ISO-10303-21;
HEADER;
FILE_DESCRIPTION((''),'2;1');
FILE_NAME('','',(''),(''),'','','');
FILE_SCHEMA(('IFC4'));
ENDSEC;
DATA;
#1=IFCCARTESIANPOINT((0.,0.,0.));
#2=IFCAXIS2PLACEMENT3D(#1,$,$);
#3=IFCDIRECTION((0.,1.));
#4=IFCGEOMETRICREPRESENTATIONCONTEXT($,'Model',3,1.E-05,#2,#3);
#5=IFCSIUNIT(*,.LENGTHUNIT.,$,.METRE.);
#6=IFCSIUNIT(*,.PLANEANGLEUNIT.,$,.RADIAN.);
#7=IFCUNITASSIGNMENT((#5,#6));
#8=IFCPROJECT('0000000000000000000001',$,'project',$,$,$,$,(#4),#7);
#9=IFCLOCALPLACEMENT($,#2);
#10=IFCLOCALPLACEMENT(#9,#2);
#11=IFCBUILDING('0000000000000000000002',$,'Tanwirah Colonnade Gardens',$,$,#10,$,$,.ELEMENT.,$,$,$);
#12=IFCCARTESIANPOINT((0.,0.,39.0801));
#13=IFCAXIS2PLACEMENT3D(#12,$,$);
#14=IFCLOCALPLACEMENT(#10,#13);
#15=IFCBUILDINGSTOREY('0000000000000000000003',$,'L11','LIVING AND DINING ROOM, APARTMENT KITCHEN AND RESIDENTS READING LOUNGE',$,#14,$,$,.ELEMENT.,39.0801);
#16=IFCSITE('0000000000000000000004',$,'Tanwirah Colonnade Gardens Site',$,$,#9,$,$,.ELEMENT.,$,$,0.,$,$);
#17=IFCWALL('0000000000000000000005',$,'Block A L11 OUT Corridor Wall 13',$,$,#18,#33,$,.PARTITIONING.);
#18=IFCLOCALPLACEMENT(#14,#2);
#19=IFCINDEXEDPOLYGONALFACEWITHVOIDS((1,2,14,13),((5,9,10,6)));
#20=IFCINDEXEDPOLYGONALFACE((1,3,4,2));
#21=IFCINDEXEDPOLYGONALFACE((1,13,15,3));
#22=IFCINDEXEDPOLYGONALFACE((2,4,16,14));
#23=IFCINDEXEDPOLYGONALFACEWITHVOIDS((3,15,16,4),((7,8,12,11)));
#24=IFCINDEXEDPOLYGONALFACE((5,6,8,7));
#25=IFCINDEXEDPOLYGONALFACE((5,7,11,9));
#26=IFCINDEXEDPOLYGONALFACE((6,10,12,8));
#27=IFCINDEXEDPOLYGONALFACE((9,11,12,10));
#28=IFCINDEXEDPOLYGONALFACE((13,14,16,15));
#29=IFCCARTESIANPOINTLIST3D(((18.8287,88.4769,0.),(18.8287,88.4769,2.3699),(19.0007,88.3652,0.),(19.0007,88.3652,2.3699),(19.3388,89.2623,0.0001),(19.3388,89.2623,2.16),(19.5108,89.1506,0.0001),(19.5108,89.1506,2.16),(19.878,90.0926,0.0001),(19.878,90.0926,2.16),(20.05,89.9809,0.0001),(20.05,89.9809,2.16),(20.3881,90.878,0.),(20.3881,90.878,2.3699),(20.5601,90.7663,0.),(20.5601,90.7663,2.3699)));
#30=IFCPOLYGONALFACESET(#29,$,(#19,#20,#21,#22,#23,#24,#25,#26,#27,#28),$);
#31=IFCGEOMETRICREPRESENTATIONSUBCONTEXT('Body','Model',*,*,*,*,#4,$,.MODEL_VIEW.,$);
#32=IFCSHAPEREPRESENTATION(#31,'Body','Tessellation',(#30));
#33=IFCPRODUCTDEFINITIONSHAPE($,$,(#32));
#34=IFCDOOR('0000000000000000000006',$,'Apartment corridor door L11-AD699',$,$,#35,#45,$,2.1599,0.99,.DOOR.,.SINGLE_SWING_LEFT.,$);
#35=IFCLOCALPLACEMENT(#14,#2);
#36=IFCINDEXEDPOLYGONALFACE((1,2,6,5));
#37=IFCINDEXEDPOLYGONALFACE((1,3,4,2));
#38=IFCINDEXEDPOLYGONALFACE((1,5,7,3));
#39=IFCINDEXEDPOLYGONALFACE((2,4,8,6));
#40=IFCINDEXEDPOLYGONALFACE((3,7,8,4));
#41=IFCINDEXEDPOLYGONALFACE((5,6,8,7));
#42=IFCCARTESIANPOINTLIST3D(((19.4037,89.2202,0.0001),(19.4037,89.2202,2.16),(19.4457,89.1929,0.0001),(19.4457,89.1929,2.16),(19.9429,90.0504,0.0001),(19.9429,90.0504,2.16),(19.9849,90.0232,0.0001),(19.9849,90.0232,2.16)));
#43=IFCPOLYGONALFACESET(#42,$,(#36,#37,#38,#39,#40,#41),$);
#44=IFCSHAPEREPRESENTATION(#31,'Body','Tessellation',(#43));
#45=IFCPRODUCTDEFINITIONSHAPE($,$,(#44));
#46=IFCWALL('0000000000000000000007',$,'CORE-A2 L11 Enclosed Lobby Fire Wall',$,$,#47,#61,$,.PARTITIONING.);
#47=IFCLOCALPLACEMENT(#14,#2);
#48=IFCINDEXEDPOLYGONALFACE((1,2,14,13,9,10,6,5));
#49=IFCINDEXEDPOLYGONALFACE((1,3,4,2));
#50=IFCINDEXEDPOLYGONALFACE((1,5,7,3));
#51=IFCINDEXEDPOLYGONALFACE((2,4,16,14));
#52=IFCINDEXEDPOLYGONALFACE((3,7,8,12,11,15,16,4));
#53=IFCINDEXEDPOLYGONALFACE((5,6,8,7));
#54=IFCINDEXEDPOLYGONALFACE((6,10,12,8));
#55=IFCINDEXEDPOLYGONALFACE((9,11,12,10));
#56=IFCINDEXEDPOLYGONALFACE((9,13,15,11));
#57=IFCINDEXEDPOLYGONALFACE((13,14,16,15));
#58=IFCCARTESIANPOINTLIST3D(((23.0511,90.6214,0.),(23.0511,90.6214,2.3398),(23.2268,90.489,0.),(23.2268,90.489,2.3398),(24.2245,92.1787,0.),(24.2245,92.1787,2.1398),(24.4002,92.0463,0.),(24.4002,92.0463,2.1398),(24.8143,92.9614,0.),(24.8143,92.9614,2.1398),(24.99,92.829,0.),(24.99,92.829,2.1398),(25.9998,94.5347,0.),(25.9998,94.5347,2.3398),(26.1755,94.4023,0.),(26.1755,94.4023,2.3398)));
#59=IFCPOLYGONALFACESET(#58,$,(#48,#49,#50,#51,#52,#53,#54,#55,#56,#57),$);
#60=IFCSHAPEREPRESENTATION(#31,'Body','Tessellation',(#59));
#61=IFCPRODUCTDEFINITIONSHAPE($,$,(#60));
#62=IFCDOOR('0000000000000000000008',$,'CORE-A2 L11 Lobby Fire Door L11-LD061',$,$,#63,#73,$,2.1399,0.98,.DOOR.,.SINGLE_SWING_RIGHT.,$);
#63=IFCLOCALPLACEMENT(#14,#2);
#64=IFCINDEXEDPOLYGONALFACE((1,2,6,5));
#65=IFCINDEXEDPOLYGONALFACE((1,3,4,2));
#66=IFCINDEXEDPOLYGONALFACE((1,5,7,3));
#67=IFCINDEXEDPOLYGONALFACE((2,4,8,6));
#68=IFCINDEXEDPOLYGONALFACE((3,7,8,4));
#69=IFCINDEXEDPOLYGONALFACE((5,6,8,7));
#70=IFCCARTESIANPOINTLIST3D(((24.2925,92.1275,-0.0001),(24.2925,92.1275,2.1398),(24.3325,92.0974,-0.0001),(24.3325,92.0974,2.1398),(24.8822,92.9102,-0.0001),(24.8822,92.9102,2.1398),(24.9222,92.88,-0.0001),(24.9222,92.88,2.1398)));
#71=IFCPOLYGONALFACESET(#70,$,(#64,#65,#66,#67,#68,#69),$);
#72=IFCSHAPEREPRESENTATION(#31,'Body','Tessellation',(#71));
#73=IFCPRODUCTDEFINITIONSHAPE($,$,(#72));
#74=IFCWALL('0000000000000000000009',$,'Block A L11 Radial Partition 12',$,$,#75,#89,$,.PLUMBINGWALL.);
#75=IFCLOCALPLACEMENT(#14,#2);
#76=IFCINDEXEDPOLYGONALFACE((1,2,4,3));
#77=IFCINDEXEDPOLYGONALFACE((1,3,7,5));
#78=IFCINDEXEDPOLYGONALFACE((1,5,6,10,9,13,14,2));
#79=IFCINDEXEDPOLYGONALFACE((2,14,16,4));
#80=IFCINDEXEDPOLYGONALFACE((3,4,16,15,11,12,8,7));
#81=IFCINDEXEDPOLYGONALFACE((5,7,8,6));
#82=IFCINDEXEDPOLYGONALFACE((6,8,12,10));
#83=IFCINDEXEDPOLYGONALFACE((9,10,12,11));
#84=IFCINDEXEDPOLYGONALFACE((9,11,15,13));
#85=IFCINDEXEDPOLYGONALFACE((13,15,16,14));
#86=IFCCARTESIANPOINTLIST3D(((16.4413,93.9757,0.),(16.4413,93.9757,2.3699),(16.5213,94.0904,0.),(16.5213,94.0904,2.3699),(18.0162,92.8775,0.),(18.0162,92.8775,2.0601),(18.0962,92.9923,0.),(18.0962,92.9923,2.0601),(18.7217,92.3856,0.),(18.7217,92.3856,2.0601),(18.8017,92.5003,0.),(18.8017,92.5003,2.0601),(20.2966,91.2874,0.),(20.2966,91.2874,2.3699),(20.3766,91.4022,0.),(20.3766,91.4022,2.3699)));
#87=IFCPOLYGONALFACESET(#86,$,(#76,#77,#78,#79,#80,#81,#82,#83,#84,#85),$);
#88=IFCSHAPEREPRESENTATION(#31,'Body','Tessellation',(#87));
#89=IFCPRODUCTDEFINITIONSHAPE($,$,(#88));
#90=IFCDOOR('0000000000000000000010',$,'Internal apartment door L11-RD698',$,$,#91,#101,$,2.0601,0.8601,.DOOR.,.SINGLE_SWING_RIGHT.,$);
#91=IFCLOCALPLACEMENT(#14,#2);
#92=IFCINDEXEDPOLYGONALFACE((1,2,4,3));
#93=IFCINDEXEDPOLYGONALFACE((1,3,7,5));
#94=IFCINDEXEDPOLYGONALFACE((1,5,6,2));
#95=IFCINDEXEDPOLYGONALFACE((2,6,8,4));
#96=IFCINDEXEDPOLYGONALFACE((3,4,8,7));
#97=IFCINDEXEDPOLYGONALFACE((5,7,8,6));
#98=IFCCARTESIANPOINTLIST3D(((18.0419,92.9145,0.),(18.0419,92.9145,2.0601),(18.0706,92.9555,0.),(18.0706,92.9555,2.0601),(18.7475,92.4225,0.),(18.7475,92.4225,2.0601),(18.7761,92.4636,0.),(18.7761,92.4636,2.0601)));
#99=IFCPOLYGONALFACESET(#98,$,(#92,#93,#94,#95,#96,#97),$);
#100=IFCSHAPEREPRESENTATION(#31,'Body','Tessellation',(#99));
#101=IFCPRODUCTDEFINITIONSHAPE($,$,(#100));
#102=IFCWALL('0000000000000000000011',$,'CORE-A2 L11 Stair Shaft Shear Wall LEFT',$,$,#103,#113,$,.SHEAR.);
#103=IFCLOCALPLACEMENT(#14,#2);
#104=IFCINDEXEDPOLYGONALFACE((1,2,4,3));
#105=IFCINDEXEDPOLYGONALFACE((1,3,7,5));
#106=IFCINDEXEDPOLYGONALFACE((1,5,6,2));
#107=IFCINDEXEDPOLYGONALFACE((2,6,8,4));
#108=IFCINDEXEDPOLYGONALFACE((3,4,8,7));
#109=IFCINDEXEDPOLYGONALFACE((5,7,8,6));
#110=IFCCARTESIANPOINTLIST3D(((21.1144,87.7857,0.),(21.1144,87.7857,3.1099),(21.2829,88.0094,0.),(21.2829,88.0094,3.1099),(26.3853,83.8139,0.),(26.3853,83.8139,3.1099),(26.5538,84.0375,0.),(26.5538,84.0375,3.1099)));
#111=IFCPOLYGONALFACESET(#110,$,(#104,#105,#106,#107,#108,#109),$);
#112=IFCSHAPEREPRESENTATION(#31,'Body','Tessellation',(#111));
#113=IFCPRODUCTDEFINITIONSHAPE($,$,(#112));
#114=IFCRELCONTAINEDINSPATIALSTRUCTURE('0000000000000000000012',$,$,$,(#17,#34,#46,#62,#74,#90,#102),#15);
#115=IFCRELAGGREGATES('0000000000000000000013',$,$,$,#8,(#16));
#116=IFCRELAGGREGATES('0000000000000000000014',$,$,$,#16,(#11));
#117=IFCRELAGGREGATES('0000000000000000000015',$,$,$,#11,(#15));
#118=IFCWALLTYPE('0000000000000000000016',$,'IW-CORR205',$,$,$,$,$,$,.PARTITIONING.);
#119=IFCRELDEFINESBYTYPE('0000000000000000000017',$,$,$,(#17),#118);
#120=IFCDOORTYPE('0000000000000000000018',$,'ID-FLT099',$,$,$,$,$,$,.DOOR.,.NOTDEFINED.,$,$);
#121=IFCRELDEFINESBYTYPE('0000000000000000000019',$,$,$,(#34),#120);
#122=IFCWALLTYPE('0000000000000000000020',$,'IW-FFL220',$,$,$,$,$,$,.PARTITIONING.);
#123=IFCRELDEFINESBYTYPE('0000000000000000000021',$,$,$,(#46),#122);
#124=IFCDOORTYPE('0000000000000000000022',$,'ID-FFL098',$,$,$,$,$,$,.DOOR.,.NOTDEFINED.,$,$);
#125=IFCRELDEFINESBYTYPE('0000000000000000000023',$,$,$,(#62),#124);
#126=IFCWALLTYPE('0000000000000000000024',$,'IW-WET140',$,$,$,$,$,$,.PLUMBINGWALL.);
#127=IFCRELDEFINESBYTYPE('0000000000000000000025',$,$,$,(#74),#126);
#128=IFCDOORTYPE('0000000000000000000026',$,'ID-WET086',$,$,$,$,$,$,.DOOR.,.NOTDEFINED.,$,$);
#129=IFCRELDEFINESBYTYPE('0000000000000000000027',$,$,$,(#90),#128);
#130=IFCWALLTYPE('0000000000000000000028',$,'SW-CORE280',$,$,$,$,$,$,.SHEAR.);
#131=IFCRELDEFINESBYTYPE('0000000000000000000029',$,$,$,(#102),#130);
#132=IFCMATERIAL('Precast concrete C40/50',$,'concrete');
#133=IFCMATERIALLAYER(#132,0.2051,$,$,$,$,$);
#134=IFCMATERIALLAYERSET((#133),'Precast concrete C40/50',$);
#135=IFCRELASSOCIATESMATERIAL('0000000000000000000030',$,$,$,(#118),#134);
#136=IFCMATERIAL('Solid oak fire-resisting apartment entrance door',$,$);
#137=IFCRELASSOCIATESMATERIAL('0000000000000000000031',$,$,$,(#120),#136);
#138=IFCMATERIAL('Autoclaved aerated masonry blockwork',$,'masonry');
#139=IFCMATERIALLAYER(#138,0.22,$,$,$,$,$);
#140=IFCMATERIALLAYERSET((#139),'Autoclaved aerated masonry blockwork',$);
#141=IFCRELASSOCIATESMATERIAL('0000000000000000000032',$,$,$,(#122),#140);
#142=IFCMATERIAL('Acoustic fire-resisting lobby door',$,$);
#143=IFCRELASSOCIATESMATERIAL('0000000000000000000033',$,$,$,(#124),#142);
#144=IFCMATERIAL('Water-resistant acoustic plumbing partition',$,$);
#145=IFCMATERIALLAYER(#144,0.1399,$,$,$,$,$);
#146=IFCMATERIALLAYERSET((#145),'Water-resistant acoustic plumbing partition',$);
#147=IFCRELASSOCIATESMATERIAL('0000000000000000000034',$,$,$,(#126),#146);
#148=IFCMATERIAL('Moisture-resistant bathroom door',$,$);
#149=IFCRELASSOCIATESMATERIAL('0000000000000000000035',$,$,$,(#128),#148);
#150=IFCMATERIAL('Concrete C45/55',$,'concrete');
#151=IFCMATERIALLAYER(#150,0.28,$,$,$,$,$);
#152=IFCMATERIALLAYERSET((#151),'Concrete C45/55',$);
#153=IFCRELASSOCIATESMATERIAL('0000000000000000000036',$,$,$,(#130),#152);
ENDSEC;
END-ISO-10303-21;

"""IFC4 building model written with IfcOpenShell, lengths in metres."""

from ifc_helpers import new_model, si_unit, direction, frame, frame_2d, origin, place, context, subcontext, project, spatial, rectangle, extrude, material, layer, layer_set, type_object, element, fill, save


model = new_model("IFC4")

# Units and contexts
model_context = context("Model", 3, precision=1e-05, world=origin(), true_north=direction((0.0, 1.0)))
body_context = subcontext(model_context, "Body", "Model", "MODEL_VIEW")
ifc_project = project(units=[si_unit("LENGTHUNIT", "METRE"), si_unit("PLANEANGLEUNIT", "RADIAN")], contexts=[model_context])

# Site, building, storey
site_placement = place(None, origin())
site = spatial("IfcSite", under=ifc_project, at=site_placement, Name="Tanwirah Colonnade Gardens Site", CompositionType="ELEMENT", RefElevation=0.0)
building_placement = place(site_placement, origin())
building = spatial("IfcBuilding", under=site, at=building_placement, Name="Tanwirah Colonnade Gardens", CompositionType="ELEMENT")
storey_placement = place(building_placement, frame((0.0, 0.0, 39.0801)))
storey = spatial("IfcBuildingStorey", under=building, at=storey_placement, Name="L11", Description="LIVING AND DINING ROOM, APARTMENT KITCHEN AND RESIDENTS READING LOUNGE", CompositionType="ELEMENT", Elevation=39.0801)

# Shared definitions
ifc_material_1 = material(Name="Precast concrete C40/50", Category="concrete")

# Walls, openings, doors
ifc_layer_1 = layer(ifc_material_1, 0.2051)
ifc_layer_set_1 = layer_set([ifc_layer_1], Name="Precast concrete C40/50")
wall_type_1 = type_object("IfcWallType", Name="IW-CORR205", PredefinedType="PARTITIONING", material=ifc_layer_set_1)
ifc_material_2 = material(Name="Solid oak fire-resisting apartment entrance door")
wall_1_placement = place(storey_placement, frame((20.4741, 90.8223, 0.0), z_axis=(0.0, 0.0, 1.0), x_axis=(-0.544644, -0.838668, 0.0)))
wall_1 = element("IfcWall", 1, at=wall_1_placement, inside=storey, type_object=wall_type_1, Name="Block A L11 OUT Corridor Wall 13", PredefinedType="PARTITIONING", context=body_context, shape_type="SweptSolid", body=[
    extrude(rectangle(XDim=2.863, YDim=0.2051, at=frame_2d((1.4316, 0.0))), origin(), (0.0, 0.0, 1.0), 2.3699),
])
opening_1_placement = place(wall_1_placement, frame((0.9365, 0.0, 0.0)))
opening_1 = element("IfcOpeningElement", 2, at=opening_1_placement, cuts=wall_1, PredefinedType="OPENING", context=body_context, shape_type="SweptSolid", body=[
    extrude(rectangle(XDim=0.99, YDim=2.1599, at=frame_2d((0.4951, 1.0801))), frame((0.0, 0.1125, 0.0), z_axis=(0.0, -1.0, 0.0), x_axis=(1.0, 0.0, 0.0)), (0.0, 0.0, 1.0), 0.2251),
])
door_type_1 = type_object("IfcDoorType", Name="ID-FLT099", OperationType="NOTDEFINED", PredefinedType="DOOR", material=ifc_material_2)
door_1_placement = place(opening_1_placement, origin())
door_1 = element("IfcDoor", 3, at=door_1_placement, inside=storey, type_object=door_type_1, Name="Apartment corridor door L11-AD699", OperationType="SINGLE_SWING_LEFT", OverallHeight=2.1599, OverallWidth=0.99, PredefinedType="DOOR", context=body_context, shape_type="SweptSolid", body=[
    extrude(rectangle(XDim=0.99, YDim=2.1599, at=frame_2d((0.4951, 1.0801))), frame((0.0, 0.0249, 0.0), z_axis=(0.0, -1.0, 0.0), x_axis=(1.0, 0.0, 0.0)), (0.0, 0.0, 1.0), 0.05),
])
fill(opening_1, door_1)
ifc_material_3 = material(Name="Autoclaved aerated masonry blockwork", Category="masonry")
ifc_layer_2 = layer(ifc_material_3, 0.22)
ifc_layer_set_2 = layer_set([ifc_layer_2], Name="Autoclaved aerated masonry blockwork")
wall_type_2 = type_object("IfcWallType", Name="IW-FFL220", PredefinedType="PARTITIONING", material=ifc_layer_set_2)
wall_2_placement = place(storey_placement, frame((23.1389, 90.5552, 0.0), z_axis=(0.0, 0.0, 1.0), x_axis=(0.601792, 0.798653, 0.0)))
wall_2 = element("IfcWall", 4, at=wall_2_placement, inside=storey, type_object=wall_type_2, Name="CORE-A2 L11 Enclosed Lobby Fire Wall", PredefinedType="PARTITIONING", context=body_context, shape_type="SweptSolid", body=[
    extrude(rectangle(XDim=4.8999, YDim=0.22, at=frame_2d((2.45, 0.0))), origin(), (0.0, 0.0, 1.0), 2.3398),
])
opening_2_placement = place(wall_2_placement, frame((1.95, 0.0, 0.0)))
opening_2 = element("IfcOpeningElement", 5, at=opening_2_placement, cuts=wall_2, PredefinedType="OPENING", context=body_context, shape_type="SweptSolid", body=[
    extrude(rectangle(XDim=0.98, YDim=2.1399, at=frame_2d((0.49, 1.0698))), frame((0.0, 0.1199, 0.0), z_axis=(0.0, -1.0, 0.0), x_axis=(1.0, 0.0, 0.0)), (0.0, 0.0, 1.0), 0.24),
])
ifc_material_4 = material(Name="Acoustic fire-resisting lobby door")
door_type_2 = type_object("IfcDoorType", Name="ID-FFL098", OperationType="NOTDEFINED", PredefinedType="DOOR", material=ifc_material_4)
door_2_placement = place(opening_2_placement, origin())
door_2 = element("IfcDoor", 6, at=door_2_placement, inside=storey, type_object=door_type_2, Name="CORE-A2 L11 Lobby Fire Door L11-LD061", OperationType="SINGLE_SWING_RIGHT", OverallHeight=2.1399, OverallWidth=0.98, PredefinedType="DOOR", context=body_context, shape_type="SweptSolid", body=[
    extrude(rectangle(XDim=0.98, YDim=2.1399, at=frame_2d((0.49, 1.0698))), frame((0.0, 0.0249, 0.0), z_axis=(0.0, -1.0, 0.0), x_axis=(1.0, 0.0, 0.0)), (0.0, 0.0, 1.0), 0.05),
])
fill(opening_2, door_2)
ifc_material_5 = material(Name="Water-resistant acoustic plumbing partition")
ifc_layer_3 = layer(ifc_material_5, 0.1399)
ifc_layer_set_3 = layer_set([ifc_layer_3], Name="Water-resistant acoustic plumbing partition")
wall_type_3 = type_object("IfcWallType", Name="IW-WET140", PredefinedType="PLUMBINGWALL", material=ifc_layer_set_3)
wall_3_placement = place(storey_placement, frame((20.3367, 91.3447, 0.0), z_axis=(0.0, 0.0, 1.0), x_axis=(-0.820273, 0.571973, 0.0)))
wall_3 = element("IfcWall", 7, at=wall_3_placement, inside=storey, type_object=wall_type_3, Name="Block A L11 Radial Partition 12", PredefinedType="PLUMBINGWALL", context=body_context, shape_type="SweptSolid", body=[
    extrude(rectangle(XDim=4.7, YDim=0.1399, at=frame_2d((2.3501, 0.0))), origin(), (0.0, 0.0, 1.0), 2.3699),
])
opening_3_placement = place(wall_3_placement, frame((1.9199, 0.0, 0.0)))
opening_3 = element("IfcOpeningElement", 8, at=opening_3_placement, cuts=wall_3, PredefinedType="OPENING", context=body_context, shape_type="SweptSolid", body=[
    extrude(rectangle(XDim=0.8601, YDim=2.0601, at=frame_2d((0.4302, 1.03))), frame((0.0, 0.0798, 0.0), z_axis=(0.0, -1.0, 0.0), x_axis=(1.0, 0.0, 0.0)), (0.0, 0.0, 1.0), 0.1599),
])
ifc_material_6 = material(Name="Moisture-resistant bathroom door")
door_type_3 = type_object("IfcDoorType", Name="ID-WET086", OperationType="NOTDEFINED", PredefinedType="DOOR", material=ifc_material_6)
door_3_placement = place(opening_3_placement, origin())
door_3 = element("IfcDoor", 9, at=door_3_placement, inside=storey, type_object=door_type_3, Name="Internal apartment door L11-RD698", OperationType="SINGLE_SWING_RIGHT", OverallHeight=2.0601, OverallWidth=0.8601, PredefinedType="DOOR", context=body_context, shape_type="SweptSolid", body=[
    extrude(rectangle(XDim=0.8601, YDim=2.0601, at=frame_2d((0.4302, 1.03))), frame((0.0, 0.0249, 0.0), z_axis=(0.0, -1.0, 0.0), x_axis=(1.0, 0.0, 0.0)), (0.0, 0.0, 1.0), 0.05),
])
fill(opening_3, door_3)

# Wall
ifc_material_7 = material(Name="Concrete C45/55", Category="concrete")
ifc_layer_4 = layer(ifc_material_7, 0.28)
ifc_layer_set_4 = layer_set([ifc_layer_4], Name="Concrete C45/55")
wall_type_4 = type_object("IfcWallType", Name="SW-CORE280", PredefinedType="SHEAR", material=ifc_layer_set_4)
wall_4_placement = place(storey_placement, frame((21.1987, 87.8975, 0.0), z_axis=(0.0, 0.0, 1.0), x_axis=(0.79864, -0.60181, 0.0)))
element("IfcWall", 10, at=wall_4_placement, inside=storey, type_object=wall_type_4, Name="CORE-A2 L11 Stair Shaft Shear Wall LEFT", PredefinedType="SHEAR", context=body_context, shape_type="SweptSolid", body=[
    extrude(rectangle(XDim=6.5999, YDim=0.28, at=frame_2d((3.2998, 0.0))), origin(), (0.0, 0.0, 1.0), 3.1099),
])

save(model, "model.ifc")
